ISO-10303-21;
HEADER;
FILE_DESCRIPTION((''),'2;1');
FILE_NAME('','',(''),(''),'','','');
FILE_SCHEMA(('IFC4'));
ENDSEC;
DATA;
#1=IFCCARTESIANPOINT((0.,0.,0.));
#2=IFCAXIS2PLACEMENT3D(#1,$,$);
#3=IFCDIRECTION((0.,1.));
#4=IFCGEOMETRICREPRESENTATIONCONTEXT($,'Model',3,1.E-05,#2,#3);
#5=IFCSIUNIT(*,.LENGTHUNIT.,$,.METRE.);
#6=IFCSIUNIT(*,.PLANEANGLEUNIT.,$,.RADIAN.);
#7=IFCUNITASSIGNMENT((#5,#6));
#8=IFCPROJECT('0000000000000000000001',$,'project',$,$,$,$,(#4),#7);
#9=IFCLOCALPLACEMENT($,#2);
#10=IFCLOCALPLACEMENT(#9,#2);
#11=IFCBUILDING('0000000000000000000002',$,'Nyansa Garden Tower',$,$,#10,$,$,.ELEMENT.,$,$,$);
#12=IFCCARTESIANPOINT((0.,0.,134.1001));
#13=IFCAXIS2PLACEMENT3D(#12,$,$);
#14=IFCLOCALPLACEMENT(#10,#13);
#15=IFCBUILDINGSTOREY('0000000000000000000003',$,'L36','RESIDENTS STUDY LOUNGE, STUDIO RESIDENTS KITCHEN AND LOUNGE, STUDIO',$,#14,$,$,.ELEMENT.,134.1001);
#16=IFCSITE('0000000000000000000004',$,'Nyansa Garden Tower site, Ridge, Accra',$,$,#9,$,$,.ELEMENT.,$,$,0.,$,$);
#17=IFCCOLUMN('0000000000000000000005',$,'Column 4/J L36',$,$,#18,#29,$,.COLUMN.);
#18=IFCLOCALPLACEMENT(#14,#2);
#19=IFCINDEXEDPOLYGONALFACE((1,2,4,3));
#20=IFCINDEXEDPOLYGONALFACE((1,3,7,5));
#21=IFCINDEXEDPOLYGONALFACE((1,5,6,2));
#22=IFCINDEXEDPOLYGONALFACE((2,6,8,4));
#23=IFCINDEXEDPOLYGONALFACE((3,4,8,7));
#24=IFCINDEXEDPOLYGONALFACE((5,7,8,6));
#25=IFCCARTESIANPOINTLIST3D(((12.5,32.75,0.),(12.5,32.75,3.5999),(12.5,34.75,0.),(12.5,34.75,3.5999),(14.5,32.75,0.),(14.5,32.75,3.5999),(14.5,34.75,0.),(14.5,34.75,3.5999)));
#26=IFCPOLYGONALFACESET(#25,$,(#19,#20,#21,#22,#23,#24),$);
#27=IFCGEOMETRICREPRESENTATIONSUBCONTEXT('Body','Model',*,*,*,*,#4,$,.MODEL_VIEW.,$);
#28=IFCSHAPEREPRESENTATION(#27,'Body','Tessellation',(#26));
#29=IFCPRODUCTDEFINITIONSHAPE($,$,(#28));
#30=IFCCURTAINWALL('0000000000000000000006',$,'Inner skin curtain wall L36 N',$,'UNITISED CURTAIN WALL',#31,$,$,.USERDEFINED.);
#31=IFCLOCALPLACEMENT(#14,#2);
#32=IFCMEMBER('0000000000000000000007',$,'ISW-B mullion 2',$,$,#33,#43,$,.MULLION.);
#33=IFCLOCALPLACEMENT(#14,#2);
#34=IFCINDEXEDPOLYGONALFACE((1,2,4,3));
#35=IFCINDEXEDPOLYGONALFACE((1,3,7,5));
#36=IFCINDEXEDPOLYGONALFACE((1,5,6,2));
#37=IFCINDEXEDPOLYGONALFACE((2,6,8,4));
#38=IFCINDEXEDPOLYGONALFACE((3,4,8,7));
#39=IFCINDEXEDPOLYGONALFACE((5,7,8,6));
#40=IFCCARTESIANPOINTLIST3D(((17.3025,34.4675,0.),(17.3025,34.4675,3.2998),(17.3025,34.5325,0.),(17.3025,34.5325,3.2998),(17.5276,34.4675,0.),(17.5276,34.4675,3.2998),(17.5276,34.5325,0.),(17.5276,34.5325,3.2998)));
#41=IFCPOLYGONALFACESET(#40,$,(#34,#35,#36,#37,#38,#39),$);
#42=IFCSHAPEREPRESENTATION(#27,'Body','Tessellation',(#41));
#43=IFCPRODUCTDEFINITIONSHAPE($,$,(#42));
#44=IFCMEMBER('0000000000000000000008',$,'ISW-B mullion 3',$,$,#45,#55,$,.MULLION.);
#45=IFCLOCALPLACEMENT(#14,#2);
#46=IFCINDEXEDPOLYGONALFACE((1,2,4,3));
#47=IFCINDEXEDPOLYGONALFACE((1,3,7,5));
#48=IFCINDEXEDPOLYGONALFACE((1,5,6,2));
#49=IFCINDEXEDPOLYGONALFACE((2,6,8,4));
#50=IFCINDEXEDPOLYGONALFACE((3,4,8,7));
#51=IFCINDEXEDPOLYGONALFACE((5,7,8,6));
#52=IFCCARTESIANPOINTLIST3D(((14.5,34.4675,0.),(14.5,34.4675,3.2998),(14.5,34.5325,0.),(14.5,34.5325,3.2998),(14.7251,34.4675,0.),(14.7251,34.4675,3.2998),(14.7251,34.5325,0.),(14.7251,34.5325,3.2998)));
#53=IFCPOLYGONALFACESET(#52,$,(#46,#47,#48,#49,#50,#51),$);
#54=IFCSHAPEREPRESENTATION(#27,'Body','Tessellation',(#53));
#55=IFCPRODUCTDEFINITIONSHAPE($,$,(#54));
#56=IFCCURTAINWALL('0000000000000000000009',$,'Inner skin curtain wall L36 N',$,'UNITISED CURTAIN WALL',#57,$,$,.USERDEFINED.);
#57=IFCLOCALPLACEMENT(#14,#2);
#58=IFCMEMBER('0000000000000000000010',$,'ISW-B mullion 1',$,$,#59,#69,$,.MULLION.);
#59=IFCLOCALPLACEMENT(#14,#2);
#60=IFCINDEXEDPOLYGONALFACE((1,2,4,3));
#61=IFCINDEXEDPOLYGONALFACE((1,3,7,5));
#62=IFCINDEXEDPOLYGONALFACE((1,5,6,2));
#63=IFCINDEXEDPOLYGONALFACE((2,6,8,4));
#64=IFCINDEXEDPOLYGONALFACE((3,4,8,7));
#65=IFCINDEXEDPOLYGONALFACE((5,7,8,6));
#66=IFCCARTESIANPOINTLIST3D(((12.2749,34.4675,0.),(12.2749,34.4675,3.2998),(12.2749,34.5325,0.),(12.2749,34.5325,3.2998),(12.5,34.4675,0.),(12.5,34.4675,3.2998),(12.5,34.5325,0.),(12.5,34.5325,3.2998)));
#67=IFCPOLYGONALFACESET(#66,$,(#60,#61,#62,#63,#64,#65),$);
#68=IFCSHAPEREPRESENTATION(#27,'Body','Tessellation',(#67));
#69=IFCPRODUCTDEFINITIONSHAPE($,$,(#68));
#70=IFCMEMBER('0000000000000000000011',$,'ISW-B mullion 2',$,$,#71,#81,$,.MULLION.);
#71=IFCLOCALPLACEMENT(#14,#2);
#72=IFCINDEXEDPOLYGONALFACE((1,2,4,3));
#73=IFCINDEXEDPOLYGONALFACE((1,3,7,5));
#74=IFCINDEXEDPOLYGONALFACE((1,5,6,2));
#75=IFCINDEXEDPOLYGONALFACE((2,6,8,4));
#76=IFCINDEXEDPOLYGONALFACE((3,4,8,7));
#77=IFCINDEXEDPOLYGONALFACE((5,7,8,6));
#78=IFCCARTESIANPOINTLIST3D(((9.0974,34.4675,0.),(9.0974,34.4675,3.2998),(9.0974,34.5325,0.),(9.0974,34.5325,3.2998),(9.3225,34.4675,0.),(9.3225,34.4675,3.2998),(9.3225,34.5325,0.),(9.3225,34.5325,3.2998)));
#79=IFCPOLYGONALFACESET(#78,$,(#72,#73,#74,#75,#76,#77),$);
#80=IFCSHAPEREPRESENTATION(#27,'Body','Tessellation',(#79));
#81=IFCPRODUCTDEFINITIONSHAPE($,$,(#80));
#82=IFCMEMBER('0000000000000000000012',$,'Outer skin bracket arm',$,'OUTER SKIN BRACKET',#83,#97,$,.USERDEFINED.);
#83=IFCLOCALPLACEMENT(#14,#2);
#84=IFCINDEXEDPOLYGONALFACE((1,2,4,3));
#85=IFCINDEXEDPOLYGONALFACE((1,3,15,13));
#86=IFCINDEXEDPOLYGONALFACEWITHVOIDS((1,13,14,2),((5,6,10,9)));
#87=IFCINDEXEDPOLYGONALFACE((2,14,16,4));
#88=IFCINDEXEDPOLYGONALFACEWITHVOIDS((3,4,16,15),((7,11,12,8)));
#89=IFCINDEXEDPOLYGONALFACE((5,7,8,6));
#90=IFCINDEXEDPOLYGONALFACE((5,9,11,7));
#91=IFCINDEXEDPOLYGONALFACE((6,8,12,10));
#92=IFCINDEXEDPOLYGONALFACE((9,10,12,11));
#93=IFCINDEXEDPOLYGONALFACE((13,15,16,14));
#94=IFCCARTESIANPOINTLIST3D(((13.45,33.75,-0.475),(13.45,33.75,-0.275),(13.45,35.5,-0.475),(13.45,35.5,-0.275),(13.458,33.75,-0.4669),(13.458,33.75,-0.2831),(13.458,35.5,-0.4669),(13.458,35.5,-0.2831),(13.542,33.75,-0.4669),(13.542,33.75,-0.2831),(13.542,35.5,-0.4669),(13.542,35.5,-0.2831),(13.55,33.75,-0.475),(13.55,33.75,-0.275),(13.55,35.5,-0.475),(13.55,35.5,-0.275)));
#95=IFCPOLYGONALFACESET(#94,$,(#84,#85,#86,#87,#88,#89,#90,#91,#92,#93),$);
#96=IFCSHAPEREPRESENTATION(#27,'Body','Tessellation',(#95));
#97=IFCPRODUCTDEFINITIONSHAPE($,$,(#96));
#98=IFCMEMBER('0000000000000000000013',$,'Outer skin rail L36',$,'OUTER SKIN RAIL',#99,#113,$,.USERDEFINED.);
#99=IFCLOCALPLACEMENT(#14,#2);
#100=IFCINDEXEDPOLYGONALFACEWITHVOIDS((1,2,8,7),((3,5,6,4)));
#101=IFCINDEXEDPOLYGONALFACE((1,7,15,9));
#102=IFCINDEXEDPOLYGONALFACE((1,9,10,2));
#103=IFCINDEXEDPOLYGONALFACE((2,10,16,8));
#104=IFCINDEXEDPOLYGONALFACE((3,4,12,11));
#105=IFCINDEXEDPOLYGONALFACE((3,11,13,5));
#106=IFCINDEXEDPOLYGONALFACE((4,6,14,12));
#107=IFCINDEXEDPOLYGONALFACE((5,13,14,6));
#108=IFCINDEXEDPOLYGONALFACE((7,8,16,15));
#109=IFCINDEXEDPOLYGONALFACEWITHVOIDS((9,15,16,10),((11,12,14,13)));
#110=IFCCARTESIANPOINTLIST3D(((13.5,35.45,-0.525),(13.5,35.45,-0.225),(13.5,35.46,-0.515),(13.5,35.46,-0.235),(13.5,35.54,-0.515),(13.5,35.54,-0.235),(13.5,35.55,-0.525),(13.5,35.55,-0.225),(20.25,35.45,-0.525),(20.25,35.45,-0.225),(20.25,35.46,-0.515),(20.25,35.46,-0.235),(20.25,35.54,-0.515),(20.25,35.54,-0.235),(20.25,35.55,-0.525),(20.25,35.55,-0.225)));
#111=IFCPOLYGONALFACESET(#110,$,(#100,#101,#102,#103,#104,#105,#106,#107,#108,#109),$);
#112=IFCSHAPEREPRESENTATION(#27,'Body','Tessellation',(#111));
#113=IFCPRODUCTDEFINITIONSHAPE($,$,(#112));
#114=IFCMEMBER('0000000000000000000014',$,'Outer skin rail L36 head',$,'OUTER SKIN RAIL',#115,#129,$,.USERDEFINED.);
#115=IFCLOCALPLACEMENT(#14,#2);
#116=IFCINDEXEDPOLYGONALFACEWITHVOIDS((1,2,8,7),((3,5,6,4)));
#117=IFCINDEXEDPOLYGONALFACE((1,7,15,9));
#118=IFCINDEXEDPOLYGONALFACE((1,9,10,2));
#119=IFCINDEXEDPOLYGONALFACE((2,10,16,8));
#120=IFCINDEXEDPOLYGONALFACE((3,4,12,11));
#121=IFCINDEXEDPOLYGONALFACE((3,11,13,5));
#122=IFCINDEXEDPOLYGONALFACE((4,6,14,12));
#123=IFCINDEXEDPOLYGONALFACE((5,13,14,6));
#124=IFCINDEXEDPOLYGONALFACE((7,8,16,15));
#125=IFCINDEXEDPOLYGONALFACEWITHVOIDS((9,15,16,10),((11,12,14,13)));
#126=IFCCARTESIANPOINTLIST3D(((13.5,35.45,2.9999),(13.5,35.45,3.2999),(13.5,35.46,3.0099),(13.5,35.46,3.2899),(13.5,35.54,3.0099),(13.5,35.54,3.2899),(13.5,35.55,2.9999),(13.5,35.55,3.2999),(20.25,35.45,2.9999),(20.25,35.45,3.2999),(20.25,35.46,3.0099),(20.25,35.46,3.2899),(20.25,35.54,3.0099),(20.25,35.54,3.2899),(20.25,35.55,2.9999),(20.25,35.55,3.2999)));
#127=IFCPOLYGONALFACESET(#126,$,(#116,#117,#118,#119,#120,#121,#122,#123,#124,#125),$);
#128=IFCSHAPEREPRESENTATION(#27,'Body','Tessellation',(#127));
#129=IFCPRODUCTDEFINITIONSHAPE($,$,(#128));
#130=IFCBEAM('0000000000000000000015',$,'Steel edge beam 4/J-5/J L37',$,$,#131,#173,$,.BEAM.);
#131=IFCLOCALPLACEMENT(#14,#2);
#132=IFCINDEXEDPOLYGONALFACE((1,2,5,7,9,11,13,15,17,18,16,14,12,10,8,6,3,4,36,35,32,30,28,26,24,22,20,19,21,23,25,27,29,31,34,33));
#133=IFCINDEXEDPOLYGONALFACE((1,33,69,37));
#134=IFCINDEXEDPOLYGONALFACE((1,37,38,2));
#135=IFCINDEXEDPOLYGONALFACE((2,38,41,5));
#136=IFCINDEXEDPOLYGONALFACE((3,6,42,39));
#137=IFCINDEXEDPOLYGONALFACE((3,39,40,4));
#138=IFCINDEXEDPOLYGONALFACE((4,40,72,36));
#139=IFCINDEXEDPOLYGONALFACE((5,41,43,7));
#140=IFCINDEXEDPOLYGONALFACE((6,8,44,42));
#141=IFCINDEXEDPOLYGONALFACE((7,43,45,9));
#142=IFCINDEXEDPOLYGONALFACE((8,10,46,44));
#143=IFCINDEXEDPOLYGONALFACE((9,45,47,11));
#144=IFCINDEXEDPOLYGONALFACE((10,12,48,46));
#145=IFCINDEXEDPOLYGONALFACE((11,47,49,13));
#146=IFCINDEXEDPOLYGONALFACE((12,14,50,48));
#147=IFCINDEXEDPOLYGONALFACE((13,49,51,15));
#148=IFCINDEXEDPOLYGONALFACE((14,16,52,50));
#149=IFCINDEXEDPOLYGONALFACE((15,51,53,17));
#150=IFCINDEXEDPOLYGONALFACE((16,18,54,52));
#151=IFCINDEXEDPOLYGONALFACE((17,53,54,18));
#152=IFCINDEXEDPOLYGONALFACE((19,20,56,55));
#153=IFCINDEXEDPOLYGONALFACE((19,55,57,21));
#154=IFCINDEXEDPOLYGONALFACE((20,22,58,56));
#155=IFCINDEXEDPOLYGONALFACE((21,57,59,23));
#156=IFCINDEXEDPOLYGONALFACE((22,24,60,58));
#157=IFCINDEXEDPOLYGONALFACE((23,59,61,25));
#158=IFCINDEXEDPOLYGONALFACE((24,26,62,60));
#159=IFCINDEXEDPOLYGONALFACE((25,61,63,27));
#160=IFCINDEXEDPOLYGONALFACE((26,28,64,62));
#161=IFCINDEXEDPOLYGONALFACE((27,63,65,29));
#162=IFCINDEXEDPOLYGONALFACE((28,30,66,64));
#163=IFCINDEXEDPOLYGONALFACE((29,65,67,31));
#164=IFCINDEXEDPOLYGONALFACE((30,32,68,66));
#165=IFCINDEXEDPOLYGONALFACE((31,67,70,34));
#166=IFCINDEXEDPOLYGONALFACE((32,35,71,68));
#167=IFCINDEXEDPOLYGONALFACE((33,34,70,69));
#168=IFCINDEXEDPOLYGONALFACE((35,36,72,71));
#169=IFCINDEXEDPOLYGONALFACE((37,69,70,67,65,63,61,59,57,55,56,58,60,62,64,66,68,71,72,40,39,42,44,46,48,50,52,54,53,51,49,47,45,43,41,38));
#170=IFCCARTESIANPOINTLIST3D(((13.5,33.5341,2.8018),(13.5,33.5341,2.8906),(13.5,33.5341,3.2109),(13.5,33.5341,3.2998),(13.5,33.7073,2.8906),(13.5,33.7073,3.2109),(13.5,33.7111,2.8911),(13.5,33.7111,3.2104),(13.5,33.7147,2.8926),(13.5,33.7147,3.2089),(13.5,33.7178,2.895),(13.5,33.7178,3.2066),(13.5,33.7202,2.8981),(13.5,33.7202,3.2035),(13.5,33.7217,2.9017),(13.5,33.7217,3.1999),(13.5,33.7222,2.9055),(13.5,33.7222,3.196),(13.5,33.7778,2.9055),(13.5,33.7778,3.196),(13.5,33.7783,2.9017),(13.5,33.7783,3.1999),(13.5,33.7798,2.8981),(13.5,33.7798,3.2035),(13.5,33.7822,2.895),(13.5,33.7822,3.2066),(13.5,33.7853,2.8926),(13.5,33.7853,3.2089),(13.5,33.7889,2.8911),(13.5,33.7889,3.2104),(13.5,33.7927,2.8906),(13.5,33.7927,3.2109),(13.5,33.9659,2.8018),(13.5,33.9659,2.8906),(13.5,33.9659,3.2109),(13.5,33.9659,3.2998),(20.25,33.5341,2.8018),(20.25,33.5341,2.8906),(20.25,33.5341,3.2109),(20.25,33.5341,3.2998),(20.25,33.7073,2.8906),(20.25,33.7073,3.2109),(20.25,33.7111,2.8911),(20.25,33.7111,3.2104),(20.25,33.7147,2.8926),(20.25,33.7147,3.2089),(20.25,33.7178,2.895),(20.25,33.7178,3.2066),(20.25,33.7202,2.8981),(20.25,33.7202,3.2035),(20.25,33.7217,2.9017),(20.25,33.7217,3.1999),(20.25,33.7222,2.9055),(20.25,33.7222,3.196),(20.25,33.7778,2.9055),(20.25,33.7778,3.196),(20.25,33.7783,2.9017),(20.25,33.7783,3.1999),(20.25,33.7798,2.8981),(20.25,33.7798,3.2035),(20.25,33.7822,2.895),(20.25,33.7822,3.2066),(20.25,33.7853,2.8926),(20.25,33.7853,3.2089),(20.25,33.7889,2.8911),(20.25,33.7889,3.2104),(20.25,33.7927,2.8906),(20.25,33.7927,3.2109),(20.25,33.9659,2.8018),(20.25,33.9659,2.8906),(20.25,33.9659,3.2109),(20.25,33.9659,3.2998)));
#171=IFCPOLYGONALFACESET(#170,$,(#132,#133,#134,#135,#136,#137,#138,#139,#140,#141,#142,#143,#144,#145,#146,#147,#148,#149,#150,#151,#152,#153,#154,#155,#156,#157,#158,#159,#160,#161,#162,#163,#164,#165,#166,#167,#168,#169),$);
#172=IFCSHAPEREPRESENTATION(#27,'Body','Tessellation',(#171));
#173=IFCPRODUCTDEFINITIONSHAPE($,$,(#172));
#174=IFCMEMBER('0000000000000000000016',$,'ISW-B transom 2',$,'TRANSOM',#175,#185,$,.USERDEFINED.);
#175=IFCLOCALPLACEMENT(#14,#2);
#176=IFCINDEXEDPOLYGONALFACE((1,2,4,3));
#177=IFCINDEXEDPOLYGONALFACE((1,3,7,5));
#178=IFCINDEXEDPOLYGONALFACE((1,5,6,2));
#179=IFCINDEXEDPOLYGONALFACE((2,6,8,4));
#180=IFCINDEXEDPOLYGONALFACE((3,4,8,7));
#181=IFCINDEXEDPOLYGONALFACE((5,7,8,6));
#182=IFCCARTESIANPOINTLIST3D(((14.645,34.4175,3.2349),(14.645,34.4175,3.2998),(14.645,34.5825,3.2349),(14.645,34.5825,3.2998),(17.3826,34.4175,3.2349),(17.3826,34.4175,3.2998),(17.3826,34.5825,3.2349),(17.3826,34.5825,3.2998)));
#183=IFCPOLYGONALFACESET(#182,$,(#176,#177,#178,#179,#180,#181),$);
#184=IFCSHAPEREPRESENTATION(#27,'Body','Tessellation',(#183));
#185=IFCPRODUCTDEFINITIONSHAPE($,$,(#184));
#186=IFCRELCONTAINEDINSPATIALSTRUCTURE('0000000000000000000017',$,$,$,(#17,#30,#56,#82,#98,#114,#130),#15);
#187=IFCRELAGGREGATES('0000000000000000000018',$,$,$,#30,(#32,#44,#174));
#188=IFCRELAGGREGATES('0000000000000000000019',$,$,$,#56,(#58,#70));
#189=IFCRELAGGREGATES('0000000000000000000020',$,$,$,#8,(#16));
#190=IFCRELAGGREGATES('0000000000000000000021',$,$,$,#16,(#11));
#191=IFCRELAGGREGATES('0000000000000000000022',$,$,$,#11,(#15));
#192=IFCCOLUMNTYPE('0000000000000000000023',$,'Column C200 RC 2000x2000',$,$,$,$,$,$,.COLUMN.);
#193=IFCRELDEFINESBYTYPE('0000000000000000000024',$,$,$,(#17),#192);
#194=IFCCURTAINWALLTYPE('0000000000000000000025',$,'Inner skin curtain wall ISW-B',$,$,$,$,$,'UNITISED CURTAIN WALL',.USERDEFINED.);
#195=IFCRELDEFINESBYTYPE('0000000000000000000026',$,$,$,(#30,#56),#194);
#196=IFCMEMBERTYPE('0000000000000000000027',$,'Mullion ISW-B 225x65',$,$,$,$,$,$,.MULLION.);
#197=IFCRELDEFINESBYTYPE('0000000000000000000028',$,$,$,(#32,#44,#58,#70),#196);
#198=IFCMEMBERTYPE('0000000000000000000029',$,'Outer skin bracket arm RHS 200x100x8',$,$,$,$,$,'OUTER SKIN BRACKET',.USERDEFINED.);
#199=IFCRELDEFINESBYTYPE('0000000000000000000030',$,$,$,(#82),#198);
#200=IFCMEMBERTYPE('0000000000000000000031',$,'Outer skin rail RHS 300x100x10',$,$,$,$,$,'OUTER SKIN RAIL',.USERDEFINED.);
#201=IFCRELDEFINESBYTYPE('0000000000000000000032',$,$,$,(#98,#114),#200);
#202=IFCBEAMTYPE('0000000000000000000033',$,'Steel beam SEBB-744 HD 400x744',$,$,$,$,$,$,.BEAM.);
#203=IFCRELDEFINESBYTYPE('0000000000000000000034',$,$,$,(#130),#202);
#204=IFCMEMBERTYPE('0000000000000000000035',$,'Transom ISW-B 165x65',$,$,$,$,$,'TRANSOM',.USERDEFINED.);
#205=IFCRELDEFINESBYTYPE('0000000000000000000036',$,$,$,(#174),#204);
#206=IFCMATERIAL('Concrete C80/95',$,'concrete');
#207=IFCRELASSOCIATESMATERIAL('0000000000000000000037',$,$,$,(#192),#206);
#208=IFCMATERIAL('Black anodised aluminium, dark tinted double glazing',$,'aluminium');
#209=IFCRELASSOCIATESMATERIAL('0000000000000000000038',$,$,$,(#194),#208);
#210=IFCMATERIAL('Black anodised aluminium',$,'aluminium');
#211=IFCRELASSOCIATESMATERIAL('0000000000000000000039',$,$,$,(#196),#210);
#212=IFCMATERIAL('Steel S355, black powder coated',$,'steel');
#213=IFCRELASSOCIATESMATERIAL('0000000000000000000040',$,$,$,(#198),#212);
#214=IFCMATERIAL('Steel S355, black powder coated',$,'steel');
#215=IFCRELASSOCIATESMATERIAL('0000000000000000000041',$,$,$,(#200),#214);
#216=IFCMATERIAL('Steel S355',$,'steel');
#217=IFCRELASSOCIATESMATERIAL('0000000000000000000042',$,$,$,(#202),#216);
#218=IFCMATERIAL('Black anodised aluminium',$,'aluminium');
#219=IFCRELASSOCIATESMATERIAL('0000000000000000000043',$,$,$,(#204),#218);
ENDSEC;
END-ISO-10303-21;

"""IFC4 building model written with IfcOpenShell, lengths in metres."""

from ifc_helpers import new_model, si_unit, direction, frame, origin, origin_2d, place, context, subcontext, project, spatial, rectangle, hollow_rectangle, i_section, extrude, material, material_profile, profile_set, type_object, element, aggregate, save


model = new_model("IFC4")

# Units and contexts
model_context = context("Model", 3, precision=1e-05, world=origin(), true_north=direction((0.0, 1.0)))
body_context = subcontext(model_context, "Body", "Model", "MODEL_VIEW")
ifc_project = project(units=[si_unit("LENGTHUNIT", "METRE"), si_unit("PLANEANGLEUNIT", "RADIAN")], contexts=[model_context])

# Site, building, storey
site_placement = place(None, origin())
site = spatial("IfcSite", under=ifc_project, at=site_placement, Name="Nyansa Garden Tower site, Ridge, Accra", CompositionType="ELEMENT", RefElevation=0.0)
building_placement = place(site_placement, origin())
building = spatial("IfcBuilding", under=site, at=building_placement, Name="Nyansa Garden Tower", CompositionType="ELEMENT")
storey_placement = place(building_placement, frame((0.0, 0.0, 134.1001)))
storey = spatial("IfcBuildingStorey", under=building, at=storey_placement, Name="L36", Description="RESIDENTS STUDY LOUNGE, STUDIO RESIDENTS KITCHEN AND LOUNGE, STUDIO", CompositionType="ELEMENT", Elevation=134.1001)

# Column
ifc_material_1 = material(Name="Concrete C80/95", Category="concrete")
ifc_material_profile_1 = material_profile(ifc_material_1, rectangle(XDim=2.0, YDim=2.0, at=origin_2d()), Name="RC 2000x2000")
ifc_profile_set_1 = profile_set([ifc_material_profile_1], Name="Concrete C80/95")
column_type = type_object("IfcColumnType", Name="Column C200 RC 2000x2000", PredefinedType="COLUMN", material=ifc_profile_set_1)
column_placement = place(storey_placement, frame((13.5, 33.75, 0.0), z_axis=(0.0, 0.0, 1.0), x_axis=(1.0, 0.0, 0.0)))
element("IfcColumn", 1, at=column_placement, inside=storey, type_object=column_type, Name="Column 4/J L36", PredefinedType="COLUMN", context=body_context, shape_type="SweptSolid", body=[
    extrude(rectangle(XDim=2.0, YDim=2.0, at=origin_2d()), origin(), (0.0, 0.0, 1.0), 3.5999),
])

# Curtain walls, members
ifc_material_2 = material(Name="Black anodised aluminium, dark tinted double glazing", Category="aluminium")
curtain_wall_type = type_object("IfcCurtainWallType", Name="Inner skin curtain wall ISW-B", ElementType="UNITISED CURTAIN WALL", PredefinedType="USERDEFINED", material=ifc_material_2)
curtain_wall_1_placement = place(storey_placement, origin())
curtain_wall_1 = element("IfcCurtainWall", 2, at=curtain_wall_1_placement, inside=storey, type_object=curtain_wall_type, Name="Inner skin curtain wall L36 N", ObjectType="UNITISED CURTAIN WALL", PredefinedType="USERDEFINED")
ifc_material_3 = material(Name="Black anodised aluminium", Category="aluminium")
ifc_material_profile_2 = material_profile(ifc_material_3, rectangle(XDim=0.0649, YDim=0.2251, at=origin_2d()), Name="Mullion 225x65")
ifc_profile_set_2 = profile_set([ifc_material_profile_2], Name="Black anodised aluminium")
member_type_1 = type_object("IfcMemberType", Name="Mullion ISW-B 225x65", PredefinedType="MULLION", material=ifc_profile_set_2)
member_1_placement = place(storey_placement, frame((17.415, 34.5, 0.0), z_axis=(0.0, 0.0, 1.0), x_axis=(0.0, -1.0, 0.0)))
member_1 = element("IfcMember", 3, at=member_1_placement, type_object=member_type_1, Name="ISW-B mullion 2", PredefinedType="MULLION", context=body_context, shape_type="SweptSolid", body=[
    extrude(rectangle(XDim=0.0649, YDim=0.2251, at=origin_2d()), origin(), (0.0, 0.0, 1.0), 3.2998),
])
member_2_placement = place(storey_placement, frame((14.6125, 34.5, 0.0), z_axis=(0.0, 0.0, 1.0), x_axis=(0.0, -1.0, 0.0)))
member_2 = element("IfcMember", 4, at=member_2_placement, type_object=member_type_1, Name="ISW-B mullion 3", PredefinedType="MULLION", context=body_context, shape_type="SweptSolid", body=[
    extrude(rectangle(XDim=0.0649, YDim=0.2251, at=origin_2d()), origin(), (0.0, 0.0, 1.0), 3.2998),
])
curtain_wall_2_placement = place(storey_placement, origin())
curtain_wall_2 = element("IfcCurtainWall", 5, at=curtain_wall_2_placement, inside=storey, type_object=curtain_wall_type, Name="Inner skin curtain wall L36 N", ObjectType="UNITISED CURTAIN WALL", PredefinedType="USERDEFINED")
member_3_placement = place(storey_placement, frame((12.3875, 34.5, 0.0), z_axis=(0.0, 0.0, 1.0), x_axis=(0.0, -1.0, 0.0)))
member_3 = element("IfcMember", 6, at=member_3_placement, type_object=member_type_1, Name="ISW-B mullion 1", PredefinedType="MULLION", context=body_context, shape_type="SweptSolid", body=[
    extrude(rectangle(XDim=0.0649, YDim=0.2251, at=origin_2d()), origin(), (0.0, 0.0, 1.0), 3.2998),
])
member_4_placement = place(storey_placement, frame((9.21, 34.5, 0.0), z_axis=(0.0, 0.0, 1.0), x_axis=(0.0, -1.0, 0.0)))
member_4 = element("IfcMember", 7, at=member_4_placement, type_object=member_type_1, Name="ISW-B mullion 2", PredefinedType="MULLION", context=body_context, shape_type="SweptSolid", body=[
    extrude(rectangle(XDim=0.0649, YDim=0.2251, at=origin_2d()), origin(), (0.0, 0.0, 1.0), 3.2998),
])

# Members
ifc_material_4 = material(Name="Steel S355, black powder coated", Category="steel")
ifc_material_profile_3 = material_profile(ifc_material_4, hollow_rectangle(XDim=0.1001, YDim=0.2, WallThickness=0.0081, at=origin_2d()), Name="RHS 200x100x8")
ifc_profile_set_3 = profile_set([ifc_material_profile_3], Name="Steel S355, black powder coated")
member_type_2 = type_object("IfcMemberType", Name="Outer skin bracket arm RHS 200x100x8", ElementType="OUTER SKIN BRACKET", PredefinedType="USERDEFINED", material=ifc_profile_set_3)
member_5_placement = place(storey_placement, frame((13.5, 33.75, -0.375), z_axis=(0.0, 1.0, 0.0), x_axis=(-1.0, 0.0, 0.0)))
element("IfcMember", 8, at=member_5_placement, inside=storey, type_object=member_type_2, Name="Outer skin bracket arm", ObjectType="OUTER SKIN BRACKET", PredefinedType="USERDEFINED", context=body_context, shape_type="SweptSolid", body=[
    extrude(hollow_rectangle(XDim=0.1001, YDim=0.2, WallThickness=0.0081, at=origin_2d()), origin(), (0.0, 0.0, 1.0), 1.75),
])
ifc_material_5 = material(Name="Steel S355, black powder coated", Category="steel")
ifc_material_profile_4 = material_profile(ifc_material_5, hollow_rectangle(XDim=0.1001, YDim=0.3, WallThickness=0.01, at=origin_2d()), Name="RHS 300x100x10")
ifc_profile_set_4 = profile_set([ifc_material_profile_4], Name="Steel S355, black powder coated")
member_type_3 = type_object("IfcMemberType", Name="Outer skin rail RHS 300x100x10", ElementType="OUTER SKIN RAIL", PredefinedType="USERDEFINED", material=ifc_profile_set_4)
for number, where, z_axis, x_axis, name in (
    (9, (13.5, 35.5, -0.375), (1.0, 0.0, 0.0), (0.0, 1.0, 0.0), "Outer skin rail L36"),
    (10, (13.5, 35.5, 3.1499), (1.0, 0.0, 0.0), (0.0, 1.0, 0.0), "Outer skin rail L36 head"),
):
    element("IfcMember", number, at=place(storey_placement, frame(where, z_axis=z_axis, x_axis=x_axis)), inside=storey, type_object=member_type_3, Name=name, ObjectType="OUTER SKIN RAIL", PredefinedType="USERDEFINED", context=body_context, shape_type="SweptSolid", body=[
        extrude(hollow_rectangle(XDim=0.1001, YDim=0.3, WallThickness=0.01, at=origin_2d()), origin(), (0.0, 0.0, 1.0), 6.75),
    ])

# Beam
ifc_material_6 = material(Name="Steel S355", Category="steel")
ifc_material_profile_5 = material_profile(ifc_material_6, i_section(OverallWidth=0.4319, OverallDepth=0.498, WebThickness=0.0557, FlangeThickness=0.0889, FilletRadius=0.0149, at=origin_2d()), Name="HD 400x744")
ifc_profile_set_5 = profile_set([ifc_material_profile_5], Name="Steel S355")
beam_type = type_object("IfcBeamType", Name="Steel beam SEBB-744 HD 400x744", PredefinedType="BEAM", material=ifc_profile_set_5)
beam_placement = place(storey_placement, frame((13.5, 33.75, 3.0508), z_axis=(1.0, 0.0, 0.0), x_axis=(0.0, 1.0, 0.0)))
element("IfcBeam", 11, at=beam_placement, inside=storey, type_object=beam_type, Name="Steel edge beam 4/J-5/J L37", PredefinedType="BEAM", context=body_context, shape_type="SweptSolid", body=[
    extrude(i_section(OverallWidth=0.4319, OverallDepth=0.498, WebThickness=0.0557, FlangeThickness=0.0889, FilletRadius=0.0149, at=origin_2d()), origin(), (0.0, 0.0, 1.0), 6.75),
])

# Member
ifc_material_7 = material(Name="Black anodised aluminium", Category="aluminium")
ifc_material_profile_6 = material_profile(ifc_material_7, rectangle(XDim=0.165, YDim=0.0649, at=origin_2d()), Name="Transom 165x65")
ifc_profile_set_6 = profile_set([ifc_material_profile_6], Name="Black anodised aluminium")
member_type_4 = type_object("IfcMemberType", Name="Transom ISW-B 165x65", ElementType="TRANSOM", PredefinedType="USERDEFINED", material=ifc_profile_set_6)
member_6_placement = place(storey_placement, frame((17.3826, 34.5, 3.2673), z_axis=(-1.0, 0.0, 0.0), x_axis=(0.0, -1.0, 0.0)))
member_6 = element("IfcMember", 12, at=member_6_placement, type_object=member_type_4, Name="ISW-B transom 2", ObjectType="TRANSOM", PredefinedType="USERDEFINED", context=body_context, shape_type="SweptSolid", body=[
    extrude(rectangle(XDim=0.165, YDim=0.0649, at=origin_2d()), origin(), (0.0, 0.0, 1.0), 2.7375),
])

aggregate(curtain_wall_1, [member_1, member_2, member_6])
aggregate(curtain_wall_2, [member_3, member_4])

save(model, "model.ifc")
